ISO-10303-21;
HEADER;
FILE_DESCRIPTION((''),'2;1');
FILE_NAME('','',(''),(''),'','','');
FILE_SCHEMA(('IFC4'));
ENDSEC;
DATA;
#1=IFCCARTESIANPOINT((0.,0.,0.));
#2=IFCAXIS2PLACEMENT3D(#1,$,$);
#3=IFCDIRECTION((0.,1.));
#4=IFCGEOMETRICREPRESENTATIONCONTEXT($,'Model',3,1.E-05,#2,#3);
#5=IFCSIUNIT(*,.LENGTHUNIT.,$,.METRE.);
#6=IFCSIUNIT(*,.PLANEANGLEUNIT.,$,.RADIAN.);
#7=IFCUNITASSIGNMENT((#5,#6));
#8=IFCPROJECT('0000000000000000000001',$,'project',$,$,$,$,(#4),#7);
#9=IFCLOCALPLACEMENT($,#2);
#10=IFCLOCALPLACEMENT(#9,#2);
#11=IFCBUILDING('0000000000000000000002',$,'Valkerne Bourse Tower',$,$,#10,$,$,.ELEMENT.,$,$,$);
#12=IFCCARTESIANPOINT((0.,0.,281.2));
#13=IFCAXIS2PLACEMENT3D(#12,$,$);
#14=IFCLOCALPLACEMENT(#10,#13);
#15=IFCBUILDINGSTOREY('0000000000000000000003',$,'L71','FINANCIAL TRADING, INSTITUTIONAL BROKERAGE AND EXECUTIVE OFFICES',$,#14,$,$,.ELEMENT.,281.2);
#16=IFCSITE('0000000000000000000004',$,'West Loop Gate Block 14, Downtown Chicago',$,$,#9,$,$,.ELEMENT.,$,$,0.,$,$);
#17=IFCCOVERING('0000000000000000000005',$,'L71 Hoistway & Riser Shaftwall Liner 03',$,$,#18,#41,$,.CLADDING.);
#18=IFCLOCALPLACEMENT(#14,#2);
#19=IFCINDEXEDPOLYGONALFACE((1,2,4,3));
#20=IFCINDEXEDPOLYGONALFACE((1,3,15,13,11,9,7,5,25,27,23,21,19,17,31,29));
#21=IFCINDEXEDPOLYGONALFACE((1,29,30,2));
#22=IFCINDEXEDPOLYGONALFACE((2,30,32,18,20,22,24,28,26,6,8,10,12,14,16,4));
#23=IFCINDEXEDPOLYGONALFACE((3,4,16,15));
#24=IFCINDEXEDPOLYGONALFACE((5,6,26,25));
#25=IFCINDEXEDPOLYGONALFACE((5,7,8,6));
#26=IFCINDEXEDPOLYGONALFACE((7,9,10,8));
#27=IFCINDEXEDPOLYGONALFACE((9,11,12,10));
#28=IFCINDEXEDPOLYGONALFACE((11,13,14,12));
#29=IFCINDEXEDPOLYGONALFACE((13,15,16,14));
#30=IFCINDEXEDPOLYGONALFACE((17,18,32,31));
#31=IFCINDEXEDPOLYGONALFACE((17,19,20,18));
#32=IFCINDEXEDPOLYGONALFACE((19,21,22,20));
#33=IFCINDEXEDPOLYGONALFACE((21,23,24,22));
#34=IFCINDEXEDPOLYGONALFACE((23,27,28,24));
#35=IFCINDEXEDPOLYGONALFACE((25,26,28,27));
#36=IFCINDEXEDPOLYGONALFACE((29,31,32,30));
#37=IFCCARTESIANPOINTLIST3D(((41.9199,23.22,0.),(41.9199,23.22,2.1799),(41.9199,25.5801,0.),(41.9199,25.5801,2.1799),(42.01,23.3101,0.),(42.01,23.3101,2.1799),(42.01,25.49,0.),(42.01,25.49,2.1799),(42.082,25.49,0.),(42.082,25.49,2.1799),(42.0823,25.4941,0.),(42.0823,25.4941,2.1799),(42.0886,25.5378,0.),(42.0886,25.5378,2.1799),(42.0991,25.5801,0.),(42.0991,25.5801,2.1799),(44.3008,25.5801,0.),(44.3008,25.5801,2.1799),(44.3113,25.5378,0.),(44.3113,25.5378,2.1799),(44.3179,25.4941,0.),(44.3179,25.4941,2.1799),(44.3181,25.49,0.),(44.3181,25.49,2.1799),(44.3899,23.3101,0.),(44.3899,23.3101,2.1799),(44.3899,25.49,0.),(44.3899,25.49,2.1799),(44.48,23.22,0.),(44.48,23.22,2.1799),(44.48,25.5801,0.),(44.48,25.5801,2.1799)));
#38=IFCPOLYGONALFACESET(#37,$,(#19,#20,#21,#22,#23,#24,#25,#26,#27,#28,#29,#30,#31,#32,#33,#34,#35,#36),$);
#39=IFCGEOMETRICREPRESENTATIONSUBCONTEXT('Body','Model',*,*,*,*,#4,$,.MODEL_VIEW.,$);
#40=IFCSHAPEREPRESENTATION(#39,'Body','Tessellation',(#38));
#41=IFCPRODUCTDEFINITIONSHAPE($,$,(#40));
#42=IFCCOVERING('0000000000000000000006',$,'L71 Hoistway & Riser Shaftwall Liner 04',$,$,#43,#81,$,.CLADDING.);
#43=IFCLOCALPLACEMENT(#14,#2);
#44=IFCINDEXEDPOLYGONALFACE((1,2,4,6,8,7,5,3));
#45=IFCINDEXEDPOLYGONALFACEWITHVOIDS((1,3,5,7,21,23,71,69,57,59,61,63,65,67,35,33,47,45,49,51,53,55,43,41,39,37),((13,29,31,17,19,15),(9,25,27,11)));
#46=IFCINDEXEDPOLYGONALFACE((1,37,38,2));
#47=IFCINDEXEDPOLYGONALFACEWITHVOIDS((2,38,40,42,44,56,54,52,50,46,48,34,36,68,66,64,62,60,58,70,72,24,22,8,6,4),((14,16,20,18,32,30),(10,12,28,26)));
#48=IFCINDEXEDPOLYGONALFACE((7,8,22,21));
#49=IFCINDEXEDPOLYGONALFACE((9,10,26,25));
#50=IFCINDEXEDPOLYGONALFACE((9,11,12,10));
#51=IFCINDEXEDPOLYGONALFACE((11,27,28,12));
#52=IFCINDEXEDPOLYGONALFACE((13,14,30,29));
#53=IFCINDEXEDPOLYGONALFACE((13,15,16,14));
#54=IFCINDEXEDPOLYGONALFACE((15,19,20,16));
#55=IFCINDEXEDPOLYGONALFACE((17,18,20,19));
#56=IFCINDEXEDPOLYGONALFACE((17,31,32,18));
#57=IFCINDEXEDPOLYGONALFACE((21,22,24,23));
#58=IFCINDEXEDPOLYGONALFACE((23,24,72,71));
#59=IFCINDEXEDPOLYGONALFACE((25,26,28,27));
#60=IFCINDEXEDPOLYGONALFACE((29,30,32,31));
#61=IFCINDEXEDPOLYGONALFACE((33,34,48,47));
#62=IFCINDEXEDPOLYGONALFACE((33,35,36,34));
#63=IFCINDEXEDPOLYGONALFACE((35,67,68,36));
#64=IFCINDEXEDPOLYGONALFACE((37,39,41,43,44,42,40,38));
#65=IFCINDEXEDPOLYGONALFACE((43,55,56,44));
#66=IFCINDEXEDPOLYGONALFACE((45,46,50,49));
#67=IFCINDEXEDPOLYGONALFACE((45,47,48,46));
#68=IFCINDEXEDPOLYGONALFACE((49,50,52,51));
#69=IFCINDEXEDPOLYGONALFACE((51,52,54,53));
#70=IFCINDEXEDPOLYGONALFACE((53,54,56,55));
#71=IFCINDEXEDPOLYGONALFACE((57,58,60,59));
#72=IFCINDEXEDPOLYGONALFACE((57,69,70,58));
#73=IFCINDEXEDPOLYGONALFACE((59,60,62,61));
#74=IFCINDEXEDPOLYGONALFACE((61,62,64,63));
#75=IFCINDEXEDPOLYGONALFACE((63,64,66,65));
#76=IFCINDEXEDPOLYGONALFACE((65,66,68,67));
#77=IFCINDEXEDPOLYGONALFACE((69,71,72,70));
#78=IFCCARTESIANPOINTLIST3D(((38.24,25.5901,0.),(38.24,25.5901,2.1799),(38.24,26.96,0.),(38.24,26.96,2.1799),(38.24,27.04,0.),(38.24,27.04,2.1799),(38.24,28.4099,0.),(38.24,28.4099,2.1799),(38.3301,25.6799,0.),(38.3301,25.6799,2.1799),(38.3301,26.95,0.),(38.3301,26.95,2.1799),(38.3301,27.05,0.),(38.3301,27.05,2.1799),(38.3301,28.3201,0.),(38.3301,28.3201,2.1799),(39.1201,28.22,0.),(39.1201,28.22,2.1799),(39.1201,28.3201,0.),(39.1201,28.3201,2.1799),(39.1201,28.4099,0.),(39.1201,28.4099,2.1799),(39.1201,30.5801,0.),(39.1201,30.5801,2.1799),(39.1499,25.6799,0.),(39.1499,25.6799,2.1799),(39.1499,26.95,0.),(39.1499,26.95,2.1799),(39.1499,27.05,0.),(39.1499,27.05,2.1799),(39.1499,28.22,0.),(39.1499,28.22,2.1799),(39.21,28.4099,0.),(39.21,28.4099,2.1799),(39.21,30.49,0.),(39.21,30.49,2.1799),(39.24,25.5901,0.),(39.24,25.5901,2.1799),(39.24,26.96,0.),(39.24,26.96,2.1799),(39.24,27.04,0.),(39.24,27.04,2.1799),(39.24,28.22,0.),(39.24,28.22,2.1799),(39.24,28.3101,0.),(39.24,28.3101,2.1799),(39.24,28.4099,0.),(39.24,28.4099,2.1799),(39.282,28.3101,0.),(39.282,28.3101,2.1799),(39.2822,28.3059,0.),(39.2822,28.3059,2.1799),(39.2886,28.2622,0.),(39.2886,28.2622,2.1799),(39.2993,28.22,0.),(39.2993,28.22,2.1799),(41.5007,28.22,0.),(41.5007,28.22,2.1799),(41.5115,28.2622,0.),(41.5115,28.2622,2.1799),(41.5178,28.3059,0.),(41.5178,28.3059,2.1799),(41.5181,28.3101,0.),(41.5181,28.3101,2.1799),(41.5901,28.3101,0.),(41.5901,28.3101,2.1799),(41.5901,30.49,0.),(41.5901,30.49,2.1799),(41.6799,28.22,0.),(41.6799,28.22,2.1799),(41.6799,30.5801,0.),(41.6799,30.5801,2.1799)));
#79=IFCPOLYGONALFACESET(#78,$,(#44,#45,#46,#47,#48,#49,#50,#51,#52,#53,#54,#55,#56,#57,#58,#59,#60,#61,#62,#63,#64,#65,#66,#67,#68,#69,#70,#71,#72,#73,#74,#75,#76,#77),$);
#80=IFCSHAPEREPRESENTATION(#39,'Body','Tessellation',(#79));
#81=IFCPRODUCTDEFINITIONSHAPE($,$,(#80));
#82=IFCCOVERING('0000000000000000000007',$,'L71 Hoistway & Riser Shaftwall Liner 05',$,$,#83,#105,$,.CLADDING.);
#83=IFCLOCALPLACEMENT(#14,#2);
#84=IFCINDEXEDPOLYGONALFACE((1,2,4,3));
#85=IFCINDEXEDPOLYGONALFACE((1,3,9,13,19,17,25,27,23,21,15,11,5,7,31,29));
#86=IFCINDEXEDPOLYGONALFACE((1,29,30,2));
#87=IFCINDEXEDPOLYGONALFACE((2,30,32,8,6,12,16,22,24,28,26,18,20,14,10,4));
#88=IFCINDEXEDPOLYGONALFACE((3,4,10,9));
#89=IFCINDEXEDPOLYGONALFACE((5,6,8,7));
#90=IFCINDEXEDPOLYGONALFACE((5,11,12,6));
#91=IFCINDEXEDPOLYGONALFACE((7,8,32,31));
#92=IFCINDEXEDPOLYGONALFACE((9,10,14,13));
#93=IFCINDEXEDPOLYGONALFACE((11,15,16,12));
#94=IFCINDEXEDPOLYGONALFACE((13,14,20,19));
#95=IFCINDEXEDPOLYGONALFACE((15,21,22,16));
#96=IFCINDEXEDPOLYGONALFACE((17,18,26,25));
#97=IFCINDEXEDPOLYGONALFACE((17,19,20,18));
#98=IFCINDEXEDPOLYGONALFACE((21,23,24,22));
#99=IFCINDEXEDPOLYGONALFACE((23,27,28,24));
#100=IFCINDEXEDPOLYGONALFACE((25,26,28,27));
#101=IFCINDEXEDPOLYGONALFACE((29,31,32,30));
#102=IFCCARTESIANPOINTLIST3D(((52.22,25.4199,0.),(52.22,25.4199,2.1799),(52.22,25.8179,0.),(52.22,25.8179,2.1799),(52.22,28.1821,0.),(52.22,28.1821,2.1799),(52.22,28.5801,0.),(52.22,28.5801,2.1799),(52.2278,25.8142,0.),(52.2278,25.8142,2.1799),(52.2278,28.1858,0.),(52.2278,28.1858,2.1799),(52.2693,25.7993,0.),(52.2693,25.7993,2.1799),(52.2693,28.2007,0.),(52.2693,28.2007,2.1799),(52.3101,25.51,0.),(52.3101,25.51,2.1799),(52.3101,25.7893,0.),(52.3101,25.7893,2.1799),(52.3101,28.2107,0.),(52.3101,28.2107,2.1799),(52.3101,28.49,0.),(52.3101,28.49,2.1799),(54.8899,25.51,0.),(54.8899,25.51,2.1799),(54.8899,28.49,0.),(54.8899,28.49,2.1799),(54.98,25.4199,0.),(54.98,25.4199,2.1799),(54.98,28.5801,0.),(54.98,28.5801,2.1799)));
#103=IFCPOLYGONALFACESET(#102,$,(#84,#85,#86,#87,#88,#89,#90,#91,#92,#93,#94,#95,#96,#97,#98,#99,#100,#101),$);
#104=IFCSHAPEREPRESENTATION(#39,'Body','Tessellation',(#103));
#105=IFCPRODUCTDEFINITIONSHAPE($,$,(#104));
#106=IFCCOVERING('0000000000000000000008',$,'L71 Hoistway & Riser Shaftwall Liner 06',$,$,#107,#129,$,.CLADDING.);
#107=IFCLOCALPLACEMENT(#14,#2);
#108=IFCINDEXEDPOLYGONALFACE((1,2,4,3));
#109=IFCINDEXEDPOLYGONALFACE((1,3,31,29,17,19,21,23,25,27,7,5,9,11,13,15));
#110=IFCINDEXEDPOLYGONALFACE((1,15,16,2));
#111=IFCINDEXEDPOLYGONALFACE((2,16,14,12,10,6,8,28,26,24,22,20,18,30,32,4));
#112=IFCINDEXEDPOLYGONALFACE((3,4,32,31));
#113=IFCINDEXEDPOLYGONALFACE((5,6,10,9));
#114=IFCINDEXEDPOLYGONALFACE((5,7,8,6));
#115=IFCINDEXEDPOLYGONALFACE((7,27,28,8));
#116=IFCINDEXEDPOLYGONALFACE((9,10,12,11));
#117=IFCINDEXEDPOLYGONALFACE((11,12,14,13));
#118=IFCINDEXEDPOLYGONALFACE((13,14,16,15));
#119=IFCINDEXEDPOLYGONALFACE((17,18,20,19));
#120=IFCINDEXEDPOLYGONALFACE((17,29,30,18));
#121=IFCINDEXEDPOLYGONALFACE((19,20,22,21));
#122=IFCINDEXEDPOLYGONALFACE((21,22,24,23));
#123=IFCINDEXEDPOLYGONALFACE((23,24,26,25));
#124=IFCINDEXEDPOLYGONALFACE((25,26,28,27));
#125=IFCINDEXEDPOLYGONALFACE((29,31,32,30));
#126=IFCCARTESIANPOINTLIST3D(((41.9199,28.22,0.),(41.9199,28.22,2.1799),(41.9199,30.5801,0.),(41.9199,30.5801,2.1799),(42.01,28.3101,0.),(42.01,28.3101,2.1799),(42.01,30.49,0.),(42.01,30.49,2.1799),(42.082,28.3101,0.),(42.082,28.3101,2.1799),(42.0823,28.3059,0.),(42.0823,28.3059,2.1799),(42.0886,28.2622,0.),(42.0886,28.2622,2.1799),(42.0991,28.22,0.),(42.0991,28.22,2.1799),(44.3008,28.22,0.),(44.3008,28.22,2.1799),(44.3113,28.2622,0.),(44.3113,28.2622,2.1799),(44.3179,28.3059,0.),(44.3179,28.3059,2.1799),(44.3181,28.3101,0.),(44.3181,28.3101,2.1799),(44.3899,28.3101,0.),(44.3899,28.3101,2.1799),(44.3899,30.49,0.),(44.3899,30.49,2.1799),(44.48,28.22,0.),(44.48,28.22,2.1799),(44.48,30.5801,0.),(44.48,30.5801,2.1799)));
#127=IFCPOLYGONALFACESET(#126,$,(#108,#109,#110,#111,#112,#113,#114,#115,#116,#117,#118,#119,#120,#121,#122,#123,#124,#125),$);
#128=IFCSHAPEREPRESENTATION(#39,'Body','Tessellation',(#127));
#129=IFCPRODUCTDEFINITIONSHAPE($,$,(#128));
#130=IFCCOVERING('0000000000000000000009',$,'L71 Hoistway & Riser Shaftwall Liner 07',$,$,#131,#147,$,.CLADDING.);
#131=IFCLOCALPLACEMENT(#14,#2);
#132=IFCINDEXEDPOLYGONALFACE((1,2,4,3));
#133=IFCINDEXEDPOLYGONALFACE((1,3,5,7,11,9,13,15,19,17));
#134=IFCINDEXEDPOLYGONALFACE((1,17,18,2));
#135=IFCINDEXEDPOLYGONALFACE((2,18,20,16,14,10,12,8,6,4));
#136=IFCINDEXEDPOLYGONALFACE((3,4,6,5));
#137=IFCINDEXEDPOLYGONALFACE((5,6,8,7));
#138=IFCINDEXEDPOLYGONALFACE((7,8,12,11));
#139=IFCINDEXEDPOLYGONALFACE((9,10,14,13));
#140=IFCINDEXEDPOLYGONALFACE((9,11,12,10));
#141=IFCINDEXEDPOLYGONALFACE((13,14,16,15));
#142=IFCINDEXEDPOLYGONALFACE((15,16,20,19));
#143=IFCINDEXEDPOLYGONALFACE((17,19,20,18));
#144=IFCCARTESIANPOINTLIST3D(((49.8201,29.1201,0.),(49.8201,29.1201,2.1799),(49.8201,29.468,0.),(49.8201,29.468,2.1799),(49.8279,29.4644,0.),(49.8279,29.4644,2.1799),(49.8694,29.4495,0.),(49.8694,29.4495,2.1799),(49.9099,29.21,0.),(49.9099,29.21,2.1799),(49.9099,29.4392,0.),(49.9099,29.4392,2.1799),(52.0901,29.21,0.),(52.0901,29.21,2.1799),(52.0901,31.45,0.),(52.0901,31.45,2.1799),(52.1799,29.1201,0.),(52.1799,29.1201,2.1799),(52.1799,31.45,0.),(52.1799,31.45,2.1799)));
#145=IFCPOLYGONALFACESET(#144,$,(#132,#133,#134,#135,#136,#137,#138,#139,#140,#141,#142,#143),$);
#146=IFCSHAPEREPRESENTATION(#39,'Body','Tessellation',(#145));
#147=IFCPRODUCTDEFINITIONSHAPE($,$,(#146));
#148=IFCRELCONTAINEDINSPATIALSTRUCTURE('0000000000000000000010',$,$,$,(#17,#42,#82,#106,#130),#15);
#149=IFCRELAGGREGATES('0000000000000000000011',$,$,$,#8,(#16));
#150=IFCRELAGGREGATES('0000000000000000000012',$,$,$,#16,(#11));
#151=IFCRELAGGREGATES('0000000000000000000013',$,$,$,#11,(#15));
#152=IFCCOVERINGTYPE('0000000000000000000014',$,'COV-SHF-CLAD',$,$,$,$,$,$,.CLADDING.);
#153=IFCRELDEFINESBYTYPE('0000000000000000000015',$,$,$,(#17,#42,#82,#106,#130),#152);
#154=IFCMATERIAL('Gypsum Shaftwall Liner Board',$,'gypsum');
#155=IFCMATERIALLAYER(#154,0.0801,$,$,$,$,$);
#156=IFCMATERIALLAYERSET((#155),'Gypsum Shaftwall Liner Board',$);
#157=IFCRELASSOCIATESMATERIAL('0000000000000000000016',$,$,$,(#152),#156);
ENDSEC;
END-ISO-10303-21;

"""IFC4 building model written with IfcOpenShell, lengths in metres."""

from ifc_helpers import new_model, si_unit, direction, frame, origin, place, context, subcontext, project, spatial, polyline, outline, extrude, material, layer, layer_set, type_object, element, save


model = new_model("IFC4")

# Units and contexts
model_context = context("Model", 3, precision=1e-05, world=origin(), true_north=direction((0.0, 1.0)))
body_context = subcontext(model_context, "Body", "Model", "MODEL_VIEW")
ifc_project = project(units=[si_unit("LENGTHUNIT", "METRE"), si_unit("PLANEANGLEUNIT", "RADIAN")], contexts=[model_context])

# Site, building, storey
site_placement = place(None, origin())
site = spatial("IfcSite", under=ifc_project, at=site_placement, Name="West Loop Gate Block 14, Downtown Chicago", CompositionType="ELEMENT", RefElevation=0.0)
building_placement = place(site_placement, origin())
building = spatial("IfcBuilding", under=site, at=building_placement, Name="Valkerne Bourse Tower", CompositionType="ELEMENT")
storey_placement = place(building_placement, frame((0.0, 0.0, 281.2)))
storey = spatial("IfcBuildingStorey", under=building, at=storey_placement, Name="L71", Description="FINANCIAL TRADING, INSTITUTIONAL BROKERAGE AND EXECUTIVE OFFICES", CompositionType="ELEMENT", Elevation=281.2)

# Coverings
ifc_material_1 = material(Name="Gypsum Shaftwall Liner Board", Category="gypsum")
ifc_layer_1 = layer(ifc_material_1, 0.0801)
ifc_layer_set_1 = layer_set([ifc_layer_1], Name="Gypsum Shaftwall Liner Board")
covering_type_1 = type_object("IfcCoveringType", Name="COV-SHF-CLAD", PredefinedType="CLADDING", material=ifc_layer_set_1)
covering_1_placement = place(storey_placement, origin())
element("IfcCovering", 1, at=covering_1_placement, inside=storey, type_object=covering_type_1, Name="L71 Hoistway & Riser Shaftwall Liner 03", PredefinedType="CLADDING", context=body_context, shape_type="SweptSolid", body=[
    extrude(outline(polyline([(42.0991, 25.5801), (42.0886, 25.5378), (42.0823, 25.4941), (42.082, 25.49), (42.01, 25.49), (42.01, 23.3101), (44.3899, 23.3101), (44.3899, 25.49), (44.3181, 25.49), (44.3179, 25.4941), (44.3113, 25.5378), (44.3008, 25.5801), (44.48, 25.5801), (44.48, 23.22), (41.9199, 23.22), (41.9199, 25.5801), (42.0991, 25.5801)])), origin(), (0.0, 0.0, 1.0), 2.1799),
])
covering_2_placement = place(storey_placement, origin())
element("IfcCovering", 2, at=covering_2_placement, inside=storey, type_object=covering_type_1, Name="L71 Hoistway & Riser Shaftwall Liner 04", PredefinedType="CLADDING", context=body_context, shape_type="SweptSolid", body=[
    extrude(outline(polyline([(38.24, 27.04), (38.24, 28.4099), (39.1201, 28.4099), (39.1201, 30.5801), (41.6799, 30.5801), (41.6799, 28.22), (41.5007, 28.22), (41.5115, 28.2622), (41.5178, 28.3059), (41.5181, 28.3101), (41.5901, 28.3101), (41.5901, 30.49), (39.21, 30.49), (39.21, 28.4099), (39.24, 28.4099), (39.24, 28.3101), (39.282, 28.3101), (39.2822, 28.3059), (39.2886, 28.2622), (39.2993, 28.22), (39.24, 28.22), (39.24, 27.04), (39.24, 26.96), (39.24, 25.5901), (38.24, 25.5901), (38.24, 26.96), (38.24, 27.04)]), holes=[polyline([(39.1499, 26.95), (38.3301, 26.95), (38.3301, 25.6799), (39.1499, 25.6799), (39.1499, 26.95)]), polyline([(39.1499, 28.22), (39.1201, 28.22), (39.1201, 28.3201), (38.3301, 28.3201), (38.3301, 27.05), (39.1499, 27.05), (39.1499, 28.22)])]), origin(), (0.0, 0.0, 1.0), 2.1799),
])
covering_3_placement = place(storey_placement, origin())
element("IfcCovering", 3, at=covering_3_placement, inside=storey, type_object=covering_type_1, Name="L71 Hoistway & Riser Shaftwall Liner 05", PredefinedType="CLADDING", context=body_context, shape_type="SweptSolid", body=[
    extrude(outline(polyline([(54.98, 28.5801), (54.98, 25.4199), (52.22, 25.4199), (52.22, 25.8179), (52.2278, 25.8142), (52.2693, 25.7993), (52.3101, 25.7893), (52.3101, 25.51), (54.8899, 25.51), (54.8899, 28.49), (52.3101, 28.49), (52.3101, 28.2107), (52.2693, 28.2007), (52.2278, 28.1858), (52.22, 28.1821), (52.22, 28.5801), (54.98, 28.5801)])), origin(), (0.0, 0.0, 1.0), 2.1799),
])
covering_4_placement = place(storey_placement, origin())
element("IfcCovering", 4, at=covering_4_placement, inside=storey, type_object=covering_type_1, Name="L71 Hoistway & Riser Shaftwall Liner 06", PredefinedType="CLADDING", context=body_context, shape_type="SweptSolid", body=[
    extrude(outline(polyline([(44.48, 28.22), (44.3008, 28.22), (44.3113, 28.2622), (44.3179, 28.3059), (44.3181, 28.3101), (44.3899, 28.3101), (44.3899, 30.49), (42.01, 30.49), (42.01, 28.3101), (42.082, 28.3101), (42.0823, 28.3059), (42.0886, 28.2622), (42.0991, 28.22), (41.9199, 28.22), (41.9199, 30.5801), (44.48, 30.5801), (44.48, 28.22)])), origin(), (0.0, 0.0, 1.0), 2.1799),
])
covering_5_placement = place(storey_placement, origin())
element("IfcCovering", 5, at=covering_5_placement, inside=storey, type_object=covering_type_1, Name="L71 Hoistway & Riser Shaftwall Liner 07", PredefinedType="CLADDING", context=body_context, shape_type="SweptSolid", body=[
    extrude(outline(polyline([(49.8201, 29.1201), (49.8201, 29.468), (49.8279, 29.4644), (49.8694, 29.4495), (49.9099, 29.4392), (49.9099, 29.21), (52.0901, 29.21), (52.0901, 31.45), (52.1799, 31.45), (52.1799, 29.1201), (49.8201, 29.1201)])), origin(), (0.0, 0.0, 1.0), 2.1799),
])

save(model, "model.ifc")
